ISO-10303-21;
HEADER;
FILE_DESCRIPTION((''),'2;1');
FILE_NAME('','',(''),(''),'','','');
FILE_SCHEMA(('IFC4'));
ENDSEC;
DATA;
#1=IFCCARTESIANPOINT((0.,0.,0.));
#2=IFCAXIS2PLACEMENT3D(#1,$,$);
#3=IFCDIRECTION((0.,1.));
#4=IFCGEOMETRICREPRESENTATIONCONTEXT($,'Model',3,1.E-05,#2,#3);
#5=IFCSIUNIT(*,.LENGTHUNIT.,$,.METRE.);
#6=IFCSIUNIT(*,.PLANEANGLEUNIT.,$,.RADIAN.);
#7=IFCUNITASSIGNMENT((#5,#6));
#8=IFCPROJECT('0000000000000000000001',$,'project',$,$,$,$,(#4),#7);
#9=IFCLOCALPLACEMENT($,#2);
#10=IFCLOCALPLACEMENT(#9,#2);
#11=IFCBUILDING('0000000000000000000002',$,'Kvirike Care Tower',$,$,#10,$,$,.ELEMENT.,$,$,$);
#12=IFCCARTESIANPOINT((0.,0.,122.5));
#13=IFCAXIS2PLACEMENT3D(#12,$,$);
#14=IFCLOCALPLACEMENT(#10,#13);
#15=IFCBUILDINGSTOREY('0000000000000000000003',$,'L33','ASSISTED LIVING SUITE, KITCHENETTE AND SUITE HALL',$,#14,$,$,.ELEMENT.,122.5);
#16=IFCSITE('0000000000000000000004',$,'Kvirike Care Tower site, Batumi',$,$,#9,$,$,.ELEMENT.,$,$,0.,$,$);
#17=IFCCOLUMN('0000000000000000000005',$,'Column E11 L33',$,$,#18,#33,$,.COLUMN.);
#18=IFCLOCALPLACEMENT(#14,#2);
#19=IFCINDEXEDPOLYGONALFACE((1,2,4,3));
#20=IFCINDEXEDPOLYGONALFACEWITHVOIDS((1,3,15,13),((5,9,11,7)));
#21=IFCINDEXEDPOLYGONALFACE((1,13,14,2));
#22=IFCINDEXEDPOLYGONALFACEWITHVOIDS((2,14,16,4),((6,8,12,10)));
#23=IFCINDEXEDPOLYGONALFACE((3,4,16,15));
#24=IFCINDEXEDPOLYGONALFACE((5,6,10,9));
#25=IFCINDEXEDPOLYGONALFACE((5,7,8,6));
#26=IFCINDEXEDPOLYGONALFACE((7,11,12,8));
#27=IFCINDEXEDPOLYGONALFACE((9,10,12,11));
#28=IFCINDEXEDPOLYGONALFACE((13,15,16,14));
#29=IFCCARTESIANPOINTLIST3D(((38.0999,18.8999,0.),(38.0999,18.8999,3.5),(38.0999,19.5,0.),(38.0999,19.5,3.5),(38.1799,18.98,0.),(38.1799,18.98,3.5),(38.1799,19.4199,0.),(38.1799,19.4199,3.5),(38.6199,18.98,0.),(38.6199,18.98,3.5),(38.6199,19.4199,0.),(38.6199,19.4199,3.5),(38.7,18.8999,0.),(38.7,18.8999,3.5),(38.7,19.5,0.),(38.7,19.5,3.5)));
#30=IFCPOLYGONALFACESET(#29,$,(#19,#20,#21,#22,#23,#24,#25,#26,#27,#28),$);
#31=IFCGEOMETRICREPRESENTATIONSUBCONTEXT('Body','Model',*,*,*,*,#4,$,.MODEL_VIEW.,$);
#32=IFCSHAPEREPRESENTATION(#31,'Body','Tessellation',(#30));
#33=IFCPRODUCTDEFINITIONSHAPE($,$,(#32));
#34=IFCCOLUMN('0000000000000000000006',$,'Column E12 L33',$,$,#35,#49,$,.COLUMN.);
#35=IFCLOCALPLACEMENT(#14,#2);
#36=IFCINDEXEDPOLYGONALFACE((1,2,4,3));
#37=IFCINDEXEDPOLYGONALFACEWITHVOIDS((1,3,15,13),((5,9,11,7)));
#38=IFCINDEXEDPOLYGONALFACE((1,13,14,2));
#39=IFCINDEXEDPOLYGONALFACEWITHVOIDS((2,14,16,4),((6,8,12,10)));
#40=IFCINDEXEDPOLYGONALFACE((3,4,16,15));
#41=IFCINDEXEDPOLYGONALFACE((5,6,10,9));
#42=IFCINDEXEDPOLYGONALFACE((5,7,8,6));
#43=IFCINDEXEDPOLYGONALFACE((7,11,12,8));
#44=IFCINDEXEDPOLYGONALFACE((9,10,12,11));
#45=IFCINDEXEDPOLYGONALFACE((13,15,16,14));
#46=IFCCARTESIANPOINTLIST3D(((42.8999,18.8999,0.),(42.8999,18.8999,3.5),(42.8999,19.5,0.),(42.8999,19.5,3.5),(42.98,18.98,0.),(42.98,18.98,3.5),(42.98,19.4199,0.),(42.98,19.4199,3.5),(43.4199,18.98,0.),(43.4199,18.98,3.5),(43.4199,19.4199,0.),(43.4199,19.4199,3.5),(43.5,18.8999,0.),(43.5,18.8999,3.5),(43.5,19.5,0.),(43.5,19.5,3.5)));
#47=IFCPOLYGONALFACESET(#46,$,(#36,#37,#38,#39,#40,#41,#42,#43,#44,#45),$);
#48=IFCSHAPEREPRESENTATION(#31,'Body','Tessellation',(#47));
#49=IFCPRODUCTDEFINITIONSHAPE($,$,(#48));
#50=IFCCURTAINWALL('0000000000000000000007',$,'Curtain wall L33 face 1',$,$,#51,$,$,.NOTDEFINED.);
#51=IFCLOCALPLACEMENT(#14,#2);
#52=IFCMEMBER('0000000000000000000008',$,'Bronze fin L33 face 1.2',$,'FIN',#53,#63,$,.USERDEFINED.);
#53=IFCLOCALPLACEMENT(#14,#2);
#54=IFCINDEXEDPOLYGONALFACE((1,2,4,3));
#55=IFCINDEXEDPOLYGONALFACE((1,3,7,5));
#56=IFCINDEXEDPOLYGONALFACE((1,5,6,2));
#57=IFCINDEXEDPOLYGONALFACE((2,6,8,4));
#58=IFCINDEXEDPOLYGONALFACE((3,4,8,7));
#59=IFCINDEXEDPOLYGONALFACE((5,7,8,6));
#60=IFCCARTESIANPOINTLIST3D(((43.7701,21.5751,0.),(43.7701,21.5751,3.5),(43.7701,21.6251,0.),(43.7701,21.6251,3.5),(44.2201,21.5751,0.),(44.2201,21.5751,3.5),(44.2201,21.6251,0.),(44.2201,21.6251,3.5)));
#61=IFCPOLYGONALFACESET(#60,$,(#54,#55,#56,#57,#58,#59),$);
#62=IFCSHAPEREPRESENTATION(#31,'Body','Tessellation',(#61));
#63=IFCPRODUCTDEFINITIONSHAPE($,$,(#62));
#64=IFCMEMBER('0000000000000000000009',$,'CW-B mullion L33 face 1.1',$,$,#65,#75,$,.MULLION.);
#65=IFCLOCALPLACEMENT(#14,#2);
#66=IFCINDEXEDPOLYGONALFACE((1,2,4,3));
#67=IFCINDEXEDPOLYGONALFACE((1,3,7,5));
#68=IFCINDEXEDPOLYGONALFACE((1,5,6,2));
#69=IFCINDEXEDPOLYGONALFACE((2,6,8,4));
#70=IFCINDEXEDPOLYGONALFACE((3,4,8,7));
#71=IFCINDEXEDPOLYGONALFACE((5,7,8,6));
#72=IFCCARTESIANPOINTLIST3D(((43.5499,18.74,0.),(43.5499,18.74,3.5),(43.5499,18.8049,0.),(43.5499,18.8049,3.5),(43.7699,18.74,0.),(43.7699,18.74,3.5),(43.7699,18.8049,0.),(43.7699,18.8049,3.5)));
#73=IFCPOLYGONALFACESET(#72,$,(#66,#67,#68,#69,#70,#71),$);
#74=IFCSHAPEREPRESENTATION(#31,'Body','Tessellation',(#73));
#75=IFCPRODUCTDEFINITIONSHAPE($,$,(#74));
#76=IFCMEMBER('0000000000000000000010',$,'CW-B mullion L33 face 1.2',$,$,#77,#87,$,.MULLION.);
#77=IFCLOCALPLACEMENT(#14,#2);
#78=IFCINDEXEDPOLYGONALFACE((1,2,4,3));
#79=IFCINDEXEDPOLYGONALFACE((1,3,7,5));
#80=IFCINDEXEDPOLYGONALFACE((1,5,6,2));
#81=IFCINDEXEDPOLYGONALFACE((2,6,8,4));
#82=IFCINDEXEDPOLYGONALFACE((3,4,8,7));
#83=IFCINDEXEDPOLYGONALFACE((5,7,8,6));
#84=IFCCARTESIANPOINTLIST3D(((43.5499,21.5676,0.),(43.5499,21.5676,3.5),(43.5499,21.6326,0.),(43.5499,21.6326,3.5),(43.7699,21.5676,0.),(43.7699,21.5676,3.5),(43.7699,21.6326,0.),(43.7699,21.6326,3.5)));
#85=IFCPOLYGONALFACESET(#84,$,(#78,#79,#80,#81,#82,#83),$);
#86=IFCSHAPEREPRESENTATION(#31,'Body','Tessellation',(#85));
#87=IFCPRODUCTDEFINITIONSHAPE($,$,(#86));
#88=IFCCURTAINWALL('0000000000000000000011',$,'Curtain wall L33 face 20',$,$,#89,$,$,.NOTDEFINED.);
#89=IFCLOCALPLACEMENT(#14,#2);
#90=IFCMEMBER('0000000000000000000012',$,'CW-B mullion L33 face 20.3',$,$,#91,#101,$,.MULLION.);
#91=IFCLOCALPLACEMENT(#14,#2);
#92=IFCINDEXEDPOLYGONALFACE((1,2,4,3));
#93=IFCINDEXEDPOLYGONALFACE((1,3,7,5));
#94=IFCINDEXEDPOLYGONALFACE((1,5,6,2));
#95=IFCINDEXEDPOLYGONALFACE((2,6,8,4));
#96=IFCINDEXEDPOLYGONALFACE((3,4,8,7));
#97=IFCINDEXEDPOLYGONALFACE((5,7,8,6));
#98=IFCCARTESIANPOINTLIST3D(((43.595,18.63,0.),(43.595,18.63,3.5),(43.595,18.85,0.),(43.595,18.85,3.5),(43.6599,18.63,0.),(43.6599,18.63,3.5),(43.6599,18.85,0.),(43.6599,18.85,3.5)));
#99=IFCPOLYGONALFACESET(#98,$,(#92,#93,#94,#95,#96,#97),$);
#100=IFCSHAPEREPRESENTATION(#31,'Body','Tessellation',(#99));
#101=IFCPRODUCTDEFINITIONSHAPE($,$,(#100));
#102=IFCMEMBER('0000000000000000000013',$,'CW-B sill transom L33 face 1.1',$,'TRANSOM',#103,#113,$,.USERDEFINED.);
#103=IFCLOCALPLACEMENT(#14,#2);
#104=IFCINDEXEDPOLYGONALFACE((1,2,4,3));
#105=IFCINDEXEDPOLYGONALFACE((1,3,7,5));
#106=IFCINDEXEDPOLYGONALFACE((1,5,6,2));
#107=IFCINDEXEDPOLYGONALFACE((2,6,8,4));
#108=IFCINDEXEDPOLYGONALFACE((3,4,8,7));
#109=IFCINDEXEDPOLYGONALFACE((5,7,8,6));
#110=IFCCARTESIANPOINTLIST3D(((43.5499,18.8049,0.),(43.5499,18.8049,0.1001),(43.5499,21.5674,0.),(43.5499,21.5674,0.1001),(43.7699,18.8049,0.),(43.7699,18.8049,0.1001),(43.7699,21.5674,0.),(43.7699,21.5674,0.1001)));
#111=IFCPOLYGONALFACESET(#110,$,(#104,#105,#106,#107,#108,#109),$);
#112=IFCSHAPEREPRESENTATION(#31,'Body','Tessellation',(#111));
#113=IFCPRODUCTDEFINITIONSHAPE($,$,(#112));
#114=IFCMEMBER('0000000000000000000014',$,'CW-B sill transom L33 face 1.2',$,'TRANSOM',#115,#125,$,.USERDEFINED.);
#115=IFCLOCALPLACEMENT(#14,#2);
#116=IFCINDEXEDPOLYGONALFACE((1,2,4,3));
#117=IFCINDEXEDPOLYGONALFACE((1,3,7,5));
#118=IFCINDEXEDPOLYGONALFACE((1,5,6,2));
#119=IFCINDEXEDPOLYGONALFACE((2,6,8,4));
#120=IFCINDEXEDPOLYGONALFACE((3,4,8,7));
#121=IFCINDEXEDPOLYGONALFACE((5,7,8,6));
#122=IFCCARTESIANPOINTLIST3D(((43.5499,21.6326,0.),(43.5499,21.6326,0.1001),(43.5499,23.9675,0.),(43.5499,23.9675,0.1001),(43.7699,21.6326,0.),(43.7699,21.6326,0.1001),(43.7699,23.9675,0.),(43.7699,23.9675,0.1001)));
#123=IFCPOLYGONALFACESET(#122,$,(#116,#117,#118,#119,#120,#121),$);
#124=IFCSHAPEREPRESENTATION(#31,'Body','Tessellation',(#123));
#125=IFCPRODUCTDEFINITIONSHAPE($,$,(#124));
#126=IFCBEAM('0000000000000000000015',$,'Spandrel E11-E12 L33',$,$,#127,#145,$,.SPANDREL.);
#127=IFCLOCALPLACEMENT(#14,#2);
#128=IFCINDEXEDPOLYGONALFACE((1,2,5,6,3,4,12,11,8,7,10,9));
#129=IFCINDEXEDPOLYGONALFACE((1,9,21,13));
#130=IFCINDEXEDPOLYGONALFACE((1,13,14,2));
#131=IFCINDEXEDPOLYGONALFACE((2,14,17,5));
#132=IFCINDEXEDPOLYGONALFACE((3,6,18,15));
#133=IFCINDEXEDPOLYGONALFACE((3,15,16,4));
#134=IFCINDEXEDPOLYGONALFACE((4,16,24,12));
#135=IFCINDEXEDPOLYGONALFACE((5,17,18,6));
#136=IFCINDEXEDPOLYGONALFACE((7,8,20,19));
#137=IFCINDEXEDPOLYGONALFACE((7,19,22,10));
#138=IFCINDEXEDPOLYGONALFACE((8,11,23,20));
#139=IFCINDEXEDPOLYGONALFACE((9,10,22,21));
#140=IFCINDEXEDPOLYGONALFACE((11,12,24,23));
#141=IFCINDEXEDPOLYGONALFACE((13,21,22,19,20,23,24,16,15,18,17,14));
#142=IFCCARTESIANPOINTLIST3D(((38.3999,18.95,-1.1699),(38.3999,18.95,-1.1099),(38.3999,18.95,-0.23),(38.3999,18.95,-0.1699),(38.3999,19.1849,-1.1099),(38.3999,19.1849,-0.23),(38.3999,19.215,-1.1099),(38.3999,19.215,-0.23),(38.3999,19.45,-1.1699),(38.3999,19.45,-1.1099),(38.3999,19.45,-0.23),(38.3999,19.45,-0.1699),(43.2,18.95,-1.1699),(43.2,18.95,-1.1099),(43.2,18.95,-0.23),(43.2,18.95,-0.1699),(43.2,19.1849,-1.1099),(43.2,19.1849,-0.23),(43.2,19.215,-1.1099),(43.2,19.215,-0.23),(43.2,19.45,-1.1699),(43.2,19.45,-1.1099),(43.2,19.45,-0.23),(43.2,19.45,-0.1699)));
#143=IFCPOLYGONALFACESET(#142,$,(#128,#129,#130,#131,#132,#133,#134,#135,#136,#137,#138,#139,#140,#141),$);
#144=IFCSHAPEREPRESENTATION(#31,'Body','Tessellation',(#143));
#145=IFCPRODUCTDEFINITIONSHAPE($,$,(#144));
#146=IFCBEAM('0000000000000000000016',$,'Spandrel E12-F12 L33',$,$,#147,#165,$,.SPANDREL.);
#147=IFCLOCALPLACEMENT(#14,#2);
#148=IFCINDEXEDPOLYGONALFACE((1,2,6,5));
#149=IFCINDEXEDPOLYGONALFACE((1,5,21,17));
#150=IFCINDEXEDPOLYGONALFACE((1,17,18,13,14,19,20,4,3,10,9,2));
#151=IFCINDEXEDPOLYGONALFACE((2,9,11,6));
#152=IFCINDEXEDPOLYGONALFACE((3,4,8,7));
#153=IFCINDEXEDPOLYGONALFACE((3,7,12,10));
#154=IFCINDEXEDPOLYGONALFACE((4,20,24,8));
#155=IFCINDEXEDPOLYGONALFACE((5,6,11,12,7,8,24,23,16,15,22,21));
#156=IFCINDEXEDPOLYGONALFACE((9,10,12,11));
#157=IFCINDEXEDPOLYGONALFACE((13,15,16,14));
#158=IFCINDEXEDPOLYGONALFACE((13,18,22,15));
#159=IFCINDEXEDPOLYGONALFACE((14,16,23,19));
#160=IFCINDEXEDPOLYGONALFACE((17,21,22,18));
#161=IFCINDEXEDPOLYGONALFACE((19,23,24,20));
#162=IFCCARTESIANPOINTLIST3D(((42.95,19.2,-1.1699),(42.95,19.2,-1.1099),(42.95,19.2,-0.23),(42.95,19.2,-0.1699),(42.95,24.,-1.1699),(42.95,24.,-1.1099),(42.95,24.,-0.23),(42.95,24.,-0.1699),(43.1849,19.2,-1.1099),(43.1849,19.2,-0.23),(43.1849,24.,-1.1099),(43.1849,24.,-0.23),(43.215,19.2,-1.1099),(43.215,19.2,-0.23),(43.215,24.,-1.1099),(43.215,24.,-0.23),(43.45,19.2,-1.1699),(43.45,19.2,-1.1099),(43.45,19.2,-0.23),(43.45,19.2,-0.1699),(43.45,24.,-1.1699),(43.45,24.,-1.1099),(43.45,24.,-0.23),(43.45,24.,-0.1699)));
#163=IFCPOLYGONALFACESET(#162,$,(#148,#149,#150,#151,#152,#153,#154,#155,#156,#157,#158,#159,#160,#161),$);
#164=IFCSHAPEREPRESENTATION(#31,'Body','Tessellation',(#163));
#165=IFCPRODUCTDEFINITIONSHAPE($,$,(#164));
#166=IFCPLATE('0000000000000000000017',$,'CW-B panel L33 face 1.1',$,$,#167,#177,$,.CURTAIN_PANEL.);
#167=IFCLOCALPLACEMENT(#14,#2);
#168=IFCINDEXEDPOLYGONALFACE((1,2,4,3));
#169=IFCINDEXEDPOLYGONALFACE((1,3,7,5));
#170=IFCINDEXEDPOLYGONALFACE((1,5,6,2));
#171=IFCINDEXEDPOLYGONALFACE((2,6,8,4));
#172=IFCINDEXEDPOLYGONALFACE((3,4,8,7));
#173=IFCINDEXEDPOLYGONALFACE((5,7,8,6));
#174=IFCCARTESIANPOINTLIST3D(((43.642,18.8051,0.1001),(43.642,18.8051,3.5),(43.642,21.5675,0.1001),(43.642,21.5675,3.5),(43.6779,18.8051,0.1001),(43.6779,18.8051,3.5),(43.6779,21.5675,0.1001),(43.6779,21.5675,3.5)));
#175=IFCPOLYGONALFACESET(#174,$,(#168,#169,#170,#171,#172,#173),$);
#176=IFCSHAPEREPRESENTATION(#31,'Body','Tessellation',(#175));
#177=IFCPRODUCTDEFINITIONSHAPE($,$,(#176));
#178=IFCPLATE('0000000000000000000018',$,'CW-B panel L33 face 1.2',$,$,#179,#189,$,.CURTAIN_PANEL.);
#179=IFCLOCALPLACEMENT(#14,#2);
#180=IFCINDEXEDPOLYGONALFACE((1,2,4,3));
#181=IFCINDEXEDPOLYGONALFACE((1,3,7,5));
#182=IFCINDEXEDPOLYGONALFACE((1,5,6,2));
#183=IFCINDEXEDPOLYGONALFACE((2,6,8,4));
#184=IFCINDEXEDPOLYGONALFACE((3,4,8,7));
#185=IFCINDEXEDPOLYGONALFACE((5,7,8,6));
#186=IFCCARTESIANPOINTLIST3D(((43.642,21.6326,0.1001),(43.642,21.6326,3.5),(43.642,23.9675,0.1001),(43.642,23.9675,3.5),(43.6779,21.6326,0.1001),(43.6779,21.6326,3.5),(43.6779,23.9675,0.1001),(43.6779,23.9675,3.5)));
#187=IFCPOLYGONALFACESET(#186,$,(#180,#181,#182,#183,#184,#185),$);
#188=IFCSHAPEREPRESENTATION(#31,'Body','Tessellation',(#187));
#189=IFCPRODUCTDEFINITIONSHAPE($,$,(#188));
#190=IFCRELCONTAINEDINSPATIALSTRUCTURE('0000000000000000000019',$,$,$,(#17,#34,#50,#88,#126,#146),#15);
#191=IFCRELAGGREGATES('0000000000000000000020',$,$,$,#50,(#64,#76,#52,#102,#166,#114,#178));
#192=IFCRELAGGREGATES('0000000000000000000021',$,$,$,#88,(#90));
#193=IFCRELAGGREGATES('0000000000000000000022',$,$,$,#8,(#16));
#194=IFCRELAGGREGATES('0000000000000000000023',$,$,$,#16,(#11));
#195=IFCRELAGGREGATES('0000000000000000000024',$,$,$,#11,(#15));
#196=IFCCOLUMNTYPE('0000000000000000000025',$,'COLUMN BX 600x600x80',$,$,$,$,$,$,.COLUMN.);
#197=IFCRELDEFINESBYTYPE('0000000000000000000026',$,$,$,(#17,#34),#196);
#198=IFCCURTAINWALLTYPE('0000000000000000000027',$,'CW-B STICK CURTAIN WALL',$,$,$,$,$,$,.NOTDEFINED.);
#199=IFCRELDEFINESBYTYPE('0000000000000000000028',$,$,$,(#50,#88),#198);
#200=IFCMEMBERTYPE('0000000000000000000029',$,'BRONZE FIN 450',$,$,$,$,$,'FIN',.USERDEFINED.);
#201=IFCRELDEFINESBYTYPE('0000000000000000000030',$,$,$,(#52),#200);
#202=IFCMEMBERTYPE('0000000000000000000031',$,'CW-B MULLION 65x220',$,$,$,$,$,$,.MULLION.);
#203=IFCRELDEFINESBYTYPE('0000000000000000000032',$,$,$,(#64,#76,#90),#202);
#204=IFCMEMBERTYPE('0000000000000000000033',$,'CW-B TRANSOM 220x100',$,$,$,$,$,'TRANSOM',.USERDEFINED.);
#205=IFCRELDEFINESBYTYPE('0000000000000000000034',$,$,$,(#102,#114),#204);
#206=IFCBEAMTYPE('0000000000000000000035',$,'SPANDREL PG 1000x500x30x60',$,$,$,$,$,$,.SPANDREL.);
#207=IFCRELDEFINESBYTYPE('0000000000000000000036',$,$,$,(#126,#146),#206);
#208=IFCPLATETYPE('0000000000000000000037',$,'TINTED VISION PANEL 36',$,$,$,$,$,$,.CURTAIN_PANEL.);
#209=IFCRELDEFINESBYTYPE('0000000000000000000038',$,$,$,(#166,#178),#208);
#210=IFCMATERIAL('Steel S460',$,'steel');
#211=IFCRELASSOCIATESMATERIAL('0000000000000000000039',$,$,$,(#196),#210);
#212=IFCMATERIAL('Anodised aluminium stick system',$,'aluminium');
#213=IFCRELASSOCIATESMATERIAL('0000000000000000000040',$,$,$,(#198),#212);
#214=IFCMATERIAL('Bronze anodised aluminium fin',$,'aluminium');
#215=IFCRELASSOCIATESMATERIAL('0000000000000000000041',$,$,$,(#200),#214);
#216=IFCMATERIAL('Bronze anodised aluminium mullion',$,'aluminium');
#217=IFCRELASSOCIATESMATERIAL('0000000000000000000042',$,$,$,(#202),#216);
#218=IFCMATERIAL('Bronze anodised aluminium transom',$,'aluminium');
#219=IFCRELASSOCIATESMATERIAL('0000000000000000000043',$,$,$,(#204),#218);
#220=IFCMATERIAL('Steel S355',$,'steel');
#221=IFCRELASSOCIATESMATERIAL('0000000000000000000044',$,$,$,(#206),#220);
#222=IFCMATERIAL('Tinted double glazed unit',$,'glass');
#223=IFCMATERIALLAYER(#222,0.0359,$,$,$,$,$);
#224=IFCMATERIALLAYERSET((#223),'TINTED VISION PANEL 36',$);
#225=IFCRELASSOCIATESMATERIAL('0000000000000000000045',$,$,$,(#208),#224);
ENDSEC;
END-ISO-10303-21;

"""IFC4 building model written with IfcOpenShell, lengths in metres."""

from ifc_helpers import new_model, si_unit, direction, frame, origin, origin_2d, place, context, subcontext, project, spatial, rectangle, hollow_rectangle, i_section, extrude, material, layer, layer_set, material_profile, profile_set, type_object, element, aggregate, save


model = new_model("IFC4")

# Units and contexts
model_context = context("Model", 3, precision=1e-05, world=origin(), true_north=direction((0.0, 1.0)))
body_context = subcontext(model_context, "Body", "Model", "MODEL_VIEW")
ifc_project = project(units=[si_unit("LENGTHUNIT", "METRE"), si_unit("PLANEANGLEUNIT", "RADIAN")], contexts=[model_context])

# Site, building, storey
site_placement = place(None, origin())
site = spatial("IfcSite", under=ifc_project, at=site_placement, Name="Kvirike Care Tower site, Batumi", CompositionType="ELEMENT", RefElevation=0.0)
building_placement = place(site_placement, origin())
building = spatial("IfcBuilding", under=site, at=building_placement, Name="Kvirike Care Tower", CompositionType="ELEMENT")
storey_placement = place(building_placement, frame((0.0, 0.0, 122.5)))
storey = spatial("IfcBuildingStorey", under=building, at=storey_placement, Name="L33", Description="ASSISTED LIVING SUITE, KITCHENETTE AND SUITE HALL", CompositionType="ELEMENT", Elevation=122.5)

# Columns
ifc_material_1 = material(Name="Steel S460", Category="steel")
ifc_material_profile_1 = material_profile(ifc_material_1, hollow_rectangle(XDim=0.6001, YDim=0.6001, WallThickness=0.0801, at=origin_2d()), Name="BX 600x600x80")
ifc_profile_set_1 = profile_set([ifc_material_profile_1], Name="Steel S460")
column_type = type_object("IfcColumnType", Name="COLUMN BX 600x600x80", PredefinedType="COLUMN", material=ifc_profile_set_1)
for number, where, z_axis, x_axis, name in (
    (1, (38.3999, 19.2, 0.0), (0.0, 0.0, 1.0), (0.0, 1.0, 0.0), "Column E11 L33"),
    (2, (43.2, 19.2, 0.0), (0.0, 0.0, 1.0), (0.0, 1.0, 0.0), "Column E12 L33"),
):
    element("IfcColumn", number, at=place(storey_placement, frame(where, z_axis=z_axis, x_axis=x_axis)), inside=storey, type_object=column_type, Name=name, PredefinedType="COLUMN", context=body_context, shape_type="SweptSolid", body=[
        extrude(hollow_rectangle(XDim=0.6001, YDim=0.6001, WallThickness=0.0801, at=origin_2d()), origin(), (0.0, 0.0, 1.0), 3.5),
    ])

# Curtain wall, members
ifc_material_2 = material(Name="Anodised aluminium stick system", Category="aluminium")
curtain_wall_type = type_object("IfcCurtainWallType", Name="CW-B STICK CURTAIN WALL", PredefinedType="NOTDEFINED", material=ifc_material_2)
curtain_wall_1_placement = place(storey_placement, origin())
curtain_wall_1 = element("IfcCurtainWall", 3, at=curtain_wall_1_placement, inside=storey, type_object=curtain_wall_type, Name="Curtain wall L33 face 1", PredefinedType="NOTDEFINED")
ifc_material_3 = material(Name="Bronze anodised aluminium fin", Category="aluminium")
ifc_material_profile_2 = material_profile(ifc_material_3, rectangle(XDim=0.05, YDim=0.45, at=origin_2d()), Name="BRONZE FIN 450")
ifc_profile_set_2 = profile_set([ifc_material_profile_2], Name="Bronze anodised aluminium fin")
member_type_1 = type_object("IfcMemberType", Name="BRONZE FIN 450", ElementType="FIN", PredefinedType="USERDEFINED", material=ifc_profile_set_2)
member_1_placement = place(storey_placement, frame((43.9951, 21.6001, 0.0), z_axis=(0.0, 0.0, 1.0), x_axis=(0.0, 1.0, 0.0)))
member_1 = element("IfcMember", 4, at=member_1_placement, type_object=member_type_1, Name="Bronze fin L33 face 1.2", ObjectType="FIN", PredefinedType="USERDEFINED", context=body_context, shape_type="SweptSolid", body=[
    extrude(rectangle(XDim=0.05, YDim=0.45, at=origin_2d()), origin(), (0.0, 0.0, 1.0), 3.5),
])
ifc_material_4 = material(Name="Bronze anodised aluminium mullion", Category="aluminium")
ifc_material_profile_3 = material_profile(ifc_material_4, rectangle(XDim=0.0649, YDim=0.22, at=origin_2d()), Name="CW-B MULLION 65x220")
ifc_profile_set_3 = profile_set([ifc_material_profile_3], Name="Bronze anodised aluminium mullion")
member_type_2 = type_object("IfcMemberType", Name="CW-B MULLION 65x220", PredefinedType="MULLION", material=ifc_profile_set_3)
member_2_placement = place(storey_placement, frame((43.6599, 18.7725, 0.0), z_axis=(0.0, 0.0, 1.0), x_axis=(0.0, 1.0, 0.0)))
member_2 = element("IfcMember", 5, at=member_2_placement, type_object=member_type_2, Name="CW-B mullion L33 face 1.1", PredefinedType="MULLION", context=body_context, shape_type="SweptSolid", body=[
    extrude(rectangle(XDim=0.0649, YDim=0.22, at=origin_2d()), origin(), (0.0, 0.0, 1.0), 3.5),
])
member_3_placement = place(storey_placement, frame((43.6599, 21.6001, 0.0), z_axis=(0.0, 0.0, 1.0), x_axis=(0.0, 1.0, 0.0)))
member_3 = element("IfcMember", 6, at=member_3_placement, type_object=member_type_2, Name="CW-B mullion L33 face 1.2", PredefinedType="MULLION", context=body_context, shape_type="SweptSolid", body=[
    extrude(rectangle(XDim=0.0649, YDim=0.22, at=origin_2d()), origin(), (0.0, 0.0, 1.0), 3.5),
])

# Curtain wall, member
curtain_wall_2_placement = place(storey_placement, origin())
curtain_wall_2 = element("IfcCurtainWall", 7, at=curtain_wall_2_placement, inside=storey, type_object=curtain_wall_type, Name="Curtain wall L33 face 20", PredefinedType="NOTDEFINED")
member_4_placement = place(storey_placement, frame((43.6274, 18.74, 0.0), z_axis=(0.0, 0.0, 1.0), x_axis=(1.0, 0.0, 0.0)))
member_4 = element("IfcMember", 8, at=member_4_placement, type_object=member_type_2, Name="CW-B mullion L33 face 20.3", PredefinedType="MULLION", context=body_context, shape_type="SweptSolid", body=[
    extrude(rectangle(XDim=0.0649, YDim=0.22, at=origin_2d()), origin(), (0.0, 0.0, 1.0), 3.5),
])

# Members
ifc_material_5 = material(Name="Bronze anodised aluminium transom", Category="aluminium")
ifc_material_profile_4 = material_profile(ifc_material_5, rectangle(XDim=0.22, YDim=0.1001, at=origin_2d()), Name="CW-B TRANSOM 220x100")
ifc_profile_set_4 = profile_set([ifc_material_profile_4], Name="Bronze anodised aluminium transom")
member_type_3 = type_object("IfcMemberType", Name="CW-B TRANSOM 220x100", ElementType="TRANSOM", PredefinedType="USERDEFINED", material=ifc_profile_set_4)
member_5_placement = place(storey_placement, frame((43.6599, 18.8049, 0.05), z_axis=(0.0, 1.0, 0.0), x_axis=(-1.0, 0.0, 0.0)))
member_5 = element("IfcMember", 9, at=member_5_placement, type_object=member_type_3, Name="CW-B sill transom L33 face 1.1", ObjectType="TRANSOM", PredefinedType="USERDEFINED", context=body_context, shape_type="SweptSolid", body=[
    extrude(rectangle(XDim=0.22, YDim=0.1001, at=origin_2d()), origin(), (0.0, 0.0, 1.0), 2.7625),
])
member_6_placement = place(storey_placement, frame((43.6599, 21.6326, 0.05), z_axis=(0.0, 1.0, 0.0), x_axis=(-1.0, 0.0, 0.0)))
member_6 = element("IfcMember", 10, at=member_6_placement, type_object=member_type_3, Name="CW-B sill transom L33 face 1.2", ObjectType="TRANSOM", PredefinedType="USERDEFINED", context=body_context, shape_type="SweptSolid", body=[
    extrude(rectangle(XDim=0.22, YDim=0.1001, at=origin_2d()), origin(), (0.0, 0.0, 1.0), 2.335),
])

# Beams
ifc_material_6 = material(Name="Steel S355", Category="steel")
ifc_material_profile_5 = material_profile(ifc_material_6, i_section(OverallWidth=0.5, OverallDepth=1.0, WebThickness=0.03, FlangeThickness=0.0601, at=origin_2d()), Name="PG 1000x500x30x60")
ifc_profile_set_5 = profile_set([ifc_material_profile_5], Name="Steel S355")
beam_type = type_object("IfcBeamType", Name="SPANDREL PG 1000x500x30x60", PredefinedType="SPANDREL", material=ifc_profile_set_5)
for number, where, z_axis, x_axis, name in (
    (11, (38.3999, 19.2, -0.6699), (1.0, 0.0, 0.0), (0.0, 1.0, 0.0), "Spandrel E11-E12 L33"),
    (12, (43.2, 19.2, -0.6699), (0.0, 1.0, 0.0), (-1.0, 0.0, 0.0), "Spandrel E12-F12 L33"),
):
    element("IfcBeam", number, at=place(storey_placement, frame(where, z_axis=z_axis, x_axis=x_axis)), inside=storey, type_object=beam_type, Name=name, PredefinedType="SPANDREL", context=body_context, shape_type="SweptSolid", body=[
        extrude(i_section(OverallWidth=0.5, OverallDepth=1.0, WebThickness=0.03, FlangeThickness=0.0601, at=origin_2d()), origin(), (0.0, 0.0, 1.0), 4.8),
    ])

# Plates
ifc_material_7 = material(Name="Tinted double glazed unit", Category="glass")
ifc_layer_1 = layer(ifc_material_7, 0.0359)
ifc_layer_set_1 = layer_set([ifc_layer_1], Name="TINTED VISION PANEL 36")
plate_type = type_object("IfcPlateType", Name="TINTED VISION PANEL 36", PredefinedType="CURTAIN_PANEL", material=ifc_layer_set_1)
plate_1_placement = place(storey_placement, frame((43.6599, 20.1863, 0.1001), z_axis=(0.0, 0.0, 1.0), x_axis=(0.0, 1.0, 0.0)))
plate_1 = element("IfcPlate", 13, at=plate_1_placement, type_object=plate_type, Name="CW-B panel L33 face 1.1", PredefinedType="CURTAIN_PANEL", context=body_context, shape_type="SweptSolid", body=[
    extrude(rectangle(XDim=2.7625, YDim=0.0359, at=origin_2d()), origin(), (0.0, 0.0, 1.0), 3.3999),
])
plate_2_placement = place(storey_placement, frame((43.6599, 22.8, 0.1001), z_axis=(0.0, 0.0, 1.0), x_axis=(0.0, 1.0, 0.0)))
plate_2 = element("IfcPlate", 14, at=plate_2_placement, type_object=plate_type, Name="CW-B panel L33 face 1.2", PredefinedType="CURTAIN_PANEL", context=body_context, shape_type="SweptSolid", body=[
    extrude(rectangle(XDim=2.335, YDim=0.0359, at=origin_2d()), origin(), (0.0, 0.0, 1.0), 3.3999),
])
aggregate(curtain_wall_1, [member_2, member_3, member_1, member_5, plate_1, member_6, plate_2])
aggregate(curtain_wall_2, [member_4])

save(model, "model.ifc")
